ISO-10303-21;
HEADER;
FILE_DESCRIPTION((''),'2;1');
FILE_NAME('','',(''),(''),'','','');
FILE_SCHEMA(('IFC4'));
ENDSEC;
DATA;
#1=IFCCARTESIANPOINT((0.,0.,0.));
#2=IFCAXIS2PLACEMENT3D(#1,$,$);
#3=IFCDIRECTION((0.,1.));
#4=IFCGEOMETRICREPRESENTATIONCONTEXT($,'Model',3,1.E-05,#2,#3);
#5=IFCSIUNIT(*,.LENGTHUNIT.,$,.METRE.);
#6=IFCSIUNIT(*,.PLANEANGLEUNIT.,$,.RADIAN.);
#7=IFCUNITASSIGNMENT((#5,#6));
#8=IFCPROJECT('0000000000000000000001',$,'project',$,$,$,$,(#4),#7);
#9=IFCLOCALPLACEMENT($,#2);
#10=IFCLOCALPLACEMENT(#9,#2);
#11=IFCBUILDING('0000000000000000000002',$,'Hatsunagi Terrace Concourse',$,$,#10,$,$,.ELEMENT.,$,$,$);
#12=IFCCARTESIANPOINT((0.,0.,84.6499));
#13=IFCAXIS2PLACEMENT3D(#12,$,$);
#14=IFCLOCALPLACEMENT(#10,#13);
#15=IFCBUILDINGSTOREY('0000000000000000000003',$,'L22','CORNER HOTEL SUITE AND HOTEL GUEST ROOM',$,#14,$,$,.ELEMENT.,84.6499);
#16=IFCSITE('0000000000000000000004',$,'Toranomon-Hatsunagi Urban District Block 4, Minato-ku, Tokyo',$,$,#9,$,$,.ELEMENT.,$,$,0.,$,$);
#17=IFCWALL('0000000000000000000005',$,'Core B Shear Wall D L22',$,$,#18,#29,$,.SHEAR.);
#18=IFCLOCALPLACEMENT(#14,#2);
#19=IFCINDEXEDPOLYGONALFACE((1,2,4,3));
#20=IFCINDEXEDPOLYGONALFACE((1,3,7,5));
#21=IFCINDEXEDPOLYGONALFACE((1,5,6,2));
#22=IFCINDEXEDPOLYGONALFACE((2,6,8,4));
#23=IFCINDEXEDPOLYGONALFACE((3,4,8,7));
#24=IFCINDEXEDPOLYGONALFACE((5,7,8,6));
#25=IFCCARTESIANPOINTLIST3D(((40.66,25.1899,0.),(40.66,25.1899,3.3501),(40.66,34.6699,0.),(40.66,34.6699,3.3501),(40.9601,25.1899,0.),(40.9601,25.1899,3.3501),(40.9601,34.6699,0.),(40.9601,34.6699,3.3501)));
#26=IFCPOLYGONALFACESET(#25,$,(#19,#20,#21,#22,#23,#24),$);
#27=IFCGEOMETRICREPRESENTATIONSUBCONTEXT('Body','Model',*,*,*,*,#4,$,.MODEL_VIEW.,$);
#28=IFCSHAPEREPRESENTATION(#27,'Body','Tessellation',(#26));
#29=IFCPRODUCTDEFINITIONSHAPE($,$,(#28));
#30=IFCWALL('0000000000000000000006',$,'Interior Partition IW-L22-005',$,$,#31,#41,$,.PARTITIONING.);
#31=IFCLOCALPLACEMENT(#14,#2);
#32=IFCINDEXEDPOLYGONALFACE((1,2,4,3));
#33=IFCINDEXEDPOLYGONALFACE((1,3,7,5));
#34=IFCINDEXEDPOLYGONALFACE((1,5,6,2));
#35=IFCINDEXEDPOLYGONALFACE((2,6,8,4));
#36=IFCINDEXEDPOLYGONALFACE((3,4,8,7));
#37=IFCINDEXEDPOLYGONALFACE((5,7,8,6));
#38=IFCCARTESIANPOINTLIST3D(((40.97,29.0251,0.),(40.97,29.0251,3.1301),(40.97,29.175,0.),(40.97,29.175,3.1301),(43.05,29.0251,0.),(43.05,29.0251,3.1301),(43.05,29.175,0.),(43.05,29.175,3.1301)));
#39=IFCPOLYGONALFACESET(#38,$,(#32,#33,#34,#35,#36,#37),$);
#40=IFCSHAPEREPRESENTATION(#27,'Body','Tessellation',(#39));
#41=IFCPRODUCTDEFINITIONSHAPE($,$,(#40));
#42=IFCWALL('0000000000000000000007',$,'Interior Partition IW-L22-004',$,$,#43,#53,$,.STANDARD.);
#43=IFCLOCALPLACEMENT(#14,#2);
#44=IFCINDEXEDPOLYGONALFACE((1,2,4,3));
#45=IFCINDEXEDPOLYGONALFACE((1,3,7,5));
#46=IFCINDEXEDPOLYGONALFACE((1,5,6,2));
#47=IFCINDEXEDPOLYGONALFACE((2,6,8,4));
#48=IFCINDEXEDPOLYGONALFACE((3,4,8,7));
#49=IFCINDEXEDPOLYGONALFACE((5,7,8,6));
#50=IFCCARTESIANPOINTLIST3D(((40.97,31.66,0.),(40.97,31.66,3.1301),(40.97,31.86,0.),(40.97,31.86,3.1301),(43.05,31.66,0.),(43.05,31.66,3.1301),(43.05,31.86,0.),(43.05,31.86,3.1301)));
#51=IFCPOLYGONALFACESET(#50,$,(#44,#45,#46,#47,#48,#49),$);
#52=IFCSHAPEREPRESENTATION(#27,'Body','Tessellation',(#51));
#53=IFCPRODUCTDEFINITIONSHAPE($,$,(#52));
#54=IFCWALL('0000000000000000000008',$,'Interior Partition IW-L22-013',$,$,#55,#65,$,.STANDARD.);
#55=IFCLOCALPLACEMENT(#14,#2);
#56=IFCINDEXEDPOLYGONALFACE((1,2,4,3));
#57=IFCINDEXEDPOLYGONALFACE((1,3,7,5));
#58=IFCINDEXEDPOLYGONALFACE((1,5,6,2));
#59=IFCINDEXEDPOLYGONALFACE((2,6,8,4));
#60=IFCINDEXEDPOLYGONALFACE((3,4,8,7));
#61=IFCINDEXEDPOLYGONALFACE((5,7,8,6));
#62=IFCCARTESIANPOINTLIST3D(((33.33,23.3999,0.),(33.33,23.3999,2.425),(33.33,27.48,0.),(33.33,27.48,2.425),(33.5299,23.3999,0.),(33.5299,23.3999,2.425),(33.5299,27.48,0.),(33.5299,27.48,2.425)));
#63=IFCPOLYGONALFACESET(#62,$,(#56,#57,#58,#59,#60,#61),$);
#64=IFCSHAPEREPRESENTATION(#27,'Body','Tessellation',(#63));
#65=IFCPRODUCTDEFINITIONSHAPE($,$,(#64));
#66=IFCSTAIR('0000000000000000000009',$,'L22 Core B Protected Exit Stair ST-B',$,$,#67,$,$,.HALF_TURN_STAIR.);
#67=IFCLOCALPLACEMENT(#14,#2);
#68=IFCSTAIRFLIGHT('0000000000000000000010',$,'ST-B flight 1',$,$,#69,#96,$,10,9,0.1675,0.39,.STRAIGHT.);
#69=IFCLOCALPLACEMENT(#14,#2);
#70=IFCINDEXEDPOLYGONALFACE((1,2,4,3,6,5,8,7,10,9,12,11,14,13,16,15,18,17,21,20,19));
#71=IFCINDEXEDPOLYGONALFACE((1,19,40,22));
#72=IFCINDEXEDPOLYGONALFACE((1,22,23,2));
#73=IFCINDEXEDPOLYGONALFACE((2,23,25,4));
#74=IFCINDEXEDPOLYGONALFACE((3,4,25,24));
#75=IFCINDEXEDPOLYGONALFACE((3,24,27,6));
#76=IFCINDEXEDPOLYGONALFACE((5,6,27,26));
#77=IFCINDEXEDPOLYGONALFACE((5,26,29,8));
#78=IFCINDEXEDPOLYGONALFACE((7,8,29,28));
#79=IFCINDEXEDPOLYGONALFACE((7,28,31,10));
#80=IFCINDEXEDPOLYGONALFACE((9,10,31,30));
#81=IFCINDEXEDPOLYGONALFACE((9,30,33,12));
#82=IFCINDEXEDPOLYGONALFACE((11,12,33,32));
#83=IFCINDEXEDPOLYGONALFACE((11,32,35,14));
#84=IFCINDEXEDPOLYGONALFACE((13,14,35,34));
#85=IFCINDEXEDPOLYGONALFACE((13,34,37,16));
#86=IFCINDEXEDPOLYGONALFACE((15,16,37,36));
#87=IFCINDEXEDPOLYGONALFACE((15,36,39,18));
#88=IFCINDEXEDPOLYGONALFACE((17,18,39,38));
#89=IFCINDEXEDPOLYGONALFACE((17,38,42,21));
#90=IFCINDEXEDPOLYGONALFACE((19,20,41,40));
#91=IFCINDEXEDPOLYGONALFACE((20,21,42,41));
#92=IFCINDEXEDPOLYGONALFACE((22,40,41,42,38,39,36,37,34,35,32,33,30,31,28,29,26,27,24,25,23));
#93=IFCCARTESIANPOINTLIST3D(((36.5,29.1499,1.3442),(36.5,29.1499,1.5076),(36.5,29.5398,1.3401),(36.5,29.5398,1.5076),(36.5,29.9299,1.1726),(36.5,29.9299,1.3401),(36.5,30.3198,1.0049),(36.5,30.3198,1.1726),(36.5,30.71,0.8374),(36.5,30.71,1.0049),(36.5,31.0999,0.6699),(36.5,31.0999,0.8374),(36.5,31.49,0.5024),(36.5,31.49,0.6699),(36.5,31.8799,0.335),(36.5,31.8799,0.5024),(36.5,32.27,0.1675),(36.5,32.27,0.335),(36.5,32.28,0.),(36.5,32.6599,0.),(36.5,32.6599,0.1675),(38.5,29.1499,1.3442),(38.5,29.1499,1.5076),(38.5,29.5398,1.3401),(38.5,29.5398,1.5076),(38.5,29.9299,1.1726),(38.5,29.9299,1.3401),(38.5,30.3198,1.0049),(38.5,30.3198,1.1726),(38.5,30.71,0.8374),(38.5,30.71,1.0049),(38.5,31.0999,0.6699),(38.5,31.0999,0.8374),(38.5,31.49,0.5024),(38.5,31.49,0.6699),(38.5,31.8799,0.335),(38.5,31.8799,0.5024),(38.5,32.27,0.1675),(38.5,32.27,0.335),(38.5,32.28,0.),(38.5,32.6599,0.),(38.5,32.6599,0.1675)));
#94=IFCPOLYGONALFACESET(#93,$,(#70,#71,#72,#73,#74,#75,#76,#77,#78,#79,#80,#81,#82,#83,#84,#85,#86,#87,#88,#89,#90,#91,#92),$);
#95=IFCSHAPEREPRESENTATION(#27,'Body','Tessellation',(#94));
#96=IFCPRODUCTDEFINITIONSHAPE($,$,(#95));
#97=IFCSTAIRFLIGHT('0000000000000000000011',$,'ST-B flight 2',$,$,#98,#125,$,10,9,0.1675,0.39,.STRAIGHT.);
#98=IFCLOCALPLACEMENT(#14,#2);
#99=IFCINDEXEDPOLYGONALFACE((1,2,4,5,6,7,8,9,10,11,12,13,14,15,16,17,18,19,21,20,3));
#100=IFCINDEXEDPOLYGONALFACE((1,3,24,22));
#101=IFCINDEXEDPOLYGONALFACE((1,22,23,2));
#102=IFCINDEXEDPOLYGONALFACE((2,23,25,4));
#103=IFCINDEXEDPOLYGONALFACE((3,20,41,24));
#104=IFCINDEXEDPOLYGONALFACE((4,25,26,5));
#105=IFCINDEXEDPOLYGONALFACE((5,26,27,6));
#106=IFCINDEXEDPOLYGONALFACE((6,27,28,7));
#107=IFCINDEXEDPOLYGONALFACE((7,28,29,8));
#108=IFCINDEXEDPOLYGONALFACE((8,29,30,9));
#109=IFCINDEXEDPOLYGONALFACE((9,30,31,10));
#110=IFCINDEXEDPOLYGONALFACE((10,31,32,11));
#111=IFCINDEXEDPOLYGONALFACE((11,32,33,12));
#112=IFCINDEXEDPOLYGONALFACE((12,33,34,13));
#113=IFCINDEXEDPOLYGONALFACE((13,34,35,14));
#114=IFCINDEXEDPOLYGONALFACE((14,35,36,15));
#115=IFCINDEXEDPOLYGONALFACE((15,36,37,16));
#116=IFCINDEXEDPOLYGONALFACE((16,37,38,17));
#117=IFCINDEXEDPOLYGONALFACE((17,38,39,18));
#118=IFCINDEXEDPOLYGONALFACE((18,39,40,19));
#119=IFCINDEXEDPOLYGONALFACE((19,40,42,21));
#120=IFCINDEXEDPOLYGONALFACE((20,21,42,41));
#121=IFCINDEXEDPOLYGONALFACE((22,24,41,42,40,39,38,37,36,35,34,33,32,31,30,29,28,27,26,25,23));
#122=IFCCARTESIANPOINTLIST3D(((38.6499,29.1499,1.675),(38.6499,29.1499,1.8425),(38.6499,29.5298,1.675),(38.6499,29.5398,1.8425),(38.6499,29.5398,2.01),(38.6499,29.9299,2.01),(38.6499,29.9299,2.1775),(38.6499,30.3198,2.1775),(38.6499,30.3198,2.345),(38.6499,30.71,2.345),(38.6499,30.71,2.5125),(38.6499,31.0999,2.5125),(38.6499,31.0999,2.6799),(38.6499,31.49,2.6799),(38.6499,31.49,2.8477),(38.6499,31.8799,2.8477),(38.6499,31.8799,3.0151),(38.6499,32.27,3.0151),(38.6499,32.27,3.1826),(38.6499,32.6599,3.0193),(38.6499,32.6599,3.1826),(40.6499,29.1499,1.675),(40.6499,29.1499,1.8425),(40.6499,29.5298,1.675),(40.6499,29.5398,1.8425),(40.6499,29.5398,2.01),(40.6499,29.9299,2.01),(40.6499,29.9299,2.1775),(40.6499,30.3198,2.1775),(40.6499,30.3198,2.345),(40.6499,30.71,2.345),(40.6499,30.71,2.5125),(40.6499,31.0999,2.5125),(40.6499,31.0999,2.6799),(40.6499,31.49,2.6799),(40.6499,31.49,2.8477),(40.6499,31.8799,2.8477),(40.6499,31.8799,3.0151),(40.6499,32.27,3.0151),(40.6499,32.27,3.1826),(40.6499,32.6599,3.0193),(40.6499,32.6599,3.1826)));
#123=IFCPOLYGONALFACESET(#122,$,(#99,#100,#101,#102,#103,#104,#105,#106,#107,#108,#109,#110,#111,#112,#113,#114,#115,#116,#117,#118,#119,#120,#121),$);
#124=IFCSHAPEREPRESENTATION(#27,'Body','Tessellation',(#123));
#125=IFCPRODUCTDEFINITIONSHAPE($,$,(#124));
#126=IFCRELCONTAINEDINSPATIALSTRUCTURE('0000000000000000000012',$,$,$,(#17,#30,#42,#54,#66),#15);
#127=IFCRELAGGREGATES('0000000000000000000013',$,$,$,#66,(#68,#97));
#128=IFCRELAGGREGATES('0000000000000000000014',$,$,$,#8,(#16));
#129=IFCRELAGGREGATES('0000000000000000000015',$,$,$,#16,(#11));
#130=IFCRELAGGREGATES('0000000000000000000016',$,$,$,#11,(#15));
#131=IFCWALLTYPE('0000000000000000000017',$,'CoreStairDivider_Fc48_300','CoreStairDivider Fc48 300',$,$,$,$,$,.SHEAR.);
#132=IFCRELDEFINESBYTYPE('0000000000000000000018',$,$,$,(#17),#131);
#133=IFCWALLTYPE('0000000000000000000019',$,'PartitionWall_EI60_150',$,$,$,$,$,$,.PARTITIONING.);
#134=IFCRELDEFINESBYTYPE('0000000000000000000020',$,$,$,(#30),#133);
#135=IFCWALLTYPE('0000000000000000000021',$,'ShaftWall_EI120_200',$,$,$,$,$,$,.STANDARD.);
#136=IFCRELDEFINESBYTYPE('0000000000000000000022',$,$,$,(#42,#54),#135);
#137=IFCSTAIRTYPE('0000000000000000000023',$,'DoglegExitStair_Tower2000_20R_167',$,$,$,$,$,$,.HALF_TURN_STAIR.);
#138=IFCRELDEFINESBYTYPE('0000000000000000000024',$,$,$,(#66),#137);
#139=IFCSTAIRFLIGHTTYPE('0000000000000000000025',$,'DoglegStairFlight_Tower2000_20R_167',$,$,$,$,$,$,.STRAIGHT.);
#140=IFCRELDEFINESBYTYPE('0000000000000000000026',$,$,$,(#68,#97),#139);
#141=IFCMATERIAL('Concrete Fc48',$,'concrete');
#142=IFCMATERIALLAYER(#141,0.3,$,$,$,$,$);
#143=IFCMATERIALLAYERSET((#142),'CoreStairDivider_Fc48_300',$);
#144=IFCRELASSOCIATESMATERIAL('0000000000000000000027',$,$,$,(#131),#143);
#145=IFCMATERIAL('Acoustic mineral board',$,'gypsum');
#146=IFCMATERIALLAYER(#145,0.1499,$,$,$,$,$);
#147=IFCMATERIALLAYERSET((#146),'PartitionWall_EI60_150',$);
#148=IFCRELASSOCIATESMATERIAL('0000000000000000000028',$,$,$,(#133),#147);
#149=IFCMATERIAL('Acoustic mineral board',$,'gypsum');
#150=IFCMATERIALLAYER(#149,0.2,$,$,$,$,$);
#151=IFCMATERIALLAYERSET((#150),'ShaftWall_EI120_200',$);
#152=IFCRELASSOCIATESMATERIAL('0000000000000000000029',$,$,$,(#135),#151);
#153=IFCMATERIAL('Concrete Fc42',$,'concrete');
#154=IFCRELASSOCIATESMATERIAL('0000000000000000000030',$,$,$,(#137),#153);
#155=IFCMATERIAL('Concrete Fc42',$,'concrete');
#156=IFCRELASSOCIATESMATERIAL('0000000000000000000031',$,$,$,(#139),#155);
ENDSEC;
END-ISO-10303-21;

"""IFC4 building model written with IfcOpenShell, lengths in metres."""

from ifc_helpers import new_model, si_unit, direction, frame, frame_2d, origin, place, context, subcontext, project, spatial, polyline, rectangle, outline, extrude, material, layer, layer_set, type_object, element, aggregate, save


model = new_model("IFC4")

# Units and contexts
model_context = context("Model", 3, precision=1e-05, world=origin(), true_north=direction((0.0, 1.0)))
body_context = subcontext(model_context, "Body", "Model", "MODEL_VIEW")
ifc_project = project(units=[si_unit("LENGTHUNIT", "METRE"), si_unit("PLANEANGLEUNIT", "RADIAN")], contexts=[model_context])

# Site, building, storey
site_placement = place(None, origin())
site = spatial("IfcSite", under=ifc_project, at=site_placement, Name="Toranomon-Hatsunagi Urban District Block 4, Minato-ku, Tokyo", CompositionType="ELEMENT", RefElevation=0.0)
building_placement = place(site_placement, origin())
building = spatial("IfcBuilding", under=site, at=building_placement, Name="Hatsunagi Terrace Concourse", CompositionType="ELEMENT")
storey_placement = place(building_placement, frame((0.0, 0.0, 84.6499)))
storey = spatial("IfcBuildingStorey", under=building, at=storey_placement, Name="L22", Description="CORNER HOTEL SUITE AND HOTEL GUEST ROOM", CompositionType="ELEMENT", Elevation=84.6499)

# Walls
ifc_material_1 = material(Name="Concrete Fc48", Category="concrete")
ifc_layer_1 = layer(ifc_material_1, 0.3)
ifc_layer_set_1 = layer_set([ifc_layer_1], Name="CoreStairDivider_Fc48_300")
wall_type_1 = type_object("IfcWallType", Name="CoreStairDivider_Fc48_300", Description="CoreStairDivider Fc48 300", PredefinedType="SHEAR", material=ifc_layer_set_1)
wall_1_placement = place(storey_placement, frame((40.8101, 25.1899, 0.0), z_axis=(0.0, 0.0, 1.0), x_axis=(0.0, 1.0, 0.0)))
element("IfcWall", 1, at=wall_1_placement, inside=storey, type_object=wall_type_1, Name="Core B Shear Wall D L22", PredefinedType="SHEAR", context=body_context, shape_type="SweptSolid", body=[
    extrude(rectangle(XDim=9.48, YDim=0.3, at=frame_2d((4.74, 0.0))), origin(), (0.0, 0.0, 1.0), 3.3501),
])
ifc_material_2 = material(Name="Acoustic mineral board", Category="gypsum")
ifc_layer_2 = layer(ifc_material_2, 0.1499)
ifc_layer_set_2 = layer_set([ifc_layer_2], Name="PartitionWall_EI60_150")
wall_type_2 = type_object("IfcWallType", Name="PartitionWall_EI60_150", PredefinedType="PARTITIONING", material=ifc_layer_set_2)
wall_2_placement = place(storey_placement, frame((40.97, 29.1001, 0.0), z_axis=(0.0, 0.0, 1.0), x_axis=(1.0, 0.0, 0.0)))
element("IfcWall", 2, at=wall_2_placement, inside=storey, type_object=wall_type_2, Name="Interior Partition IW-L22-005", PredefinedType="PARTITIONING", context=body_context, shape_type="SweptSolid", body=[
    extrude(rectangle(XDim=2.0801, YDim=0.1499, at=frame_2d((1.04, 0.0))), origin(), (0.0, 0.0, 1.0), 3.1301),
])

# Walls
ifc_material_3 = material(Name="Acoustic mineral board", Category="gypsum")
ifc_layer_3 = layer(ifc_material_3, 0.2)
ifc_layer_set_3 = layer_set([ifc_layer_3], Name="ShaftWall_EI120_200")
wall_type_3 = type_object("IfcWallType", Name="ShaftWall_EI120_200", PredefinedType="STANDARD", material=ifc_layer_set_3)
wall_3_placement = place(storey_placement, frame((40.97, 31.76, 0.0), z_axis=(0.0, 0.0, 1.0), x_axis=(1.0, 0.0, 0.0)))
element("IfcWall", 3, at=wall_3_placement, inside=storey, type_object=wall_type_3, Name="Interior Partition IW-L22-004", PredefinedType="STANDARD", context=body_context, shape_type="SweptSolid", body=[
    extrude(rectangle(XDim=2.0801, YDim=0.2, at=frame_2d((1.04, 0.0))), origin(), (0.0, 0.0, 1.0), 3.1301),
])
wall_4_placement = place(storey_placement, frame((33.4299, 23.3999, 0.0), z_axis=(0.0, 0.0, 1.0), x_axis=(0.0, 1.0, 0.0)))
element("IfcWall", 4, at=wall_4_placement, inside=storey, type_object=wall_type_3, Name="Interior Partition IW-L22-013", PredefinedType="STANDARD", context=body_context, shape_type="SweptSolid", body=[
    extrude(rectangle(XDim=4.0801, YDim=0.2, at=frame_2d((2.04, 0.0))), origin(), (0.0, 0.0, 1.0), 2.425),
])

# Stair, stair flights
ifc_material_4 = material(Name="Concrete Fc42", Category="concrete")
stair_type = type_object("IfcStairType", Name="DoglegExitStair_Tower2000_20R_167", PredefinedType="HALF_TURN_STAIR", material=ifc_material_4)
stair_placement = place(storey_placement, origin())
stair = element("IfcStair", 5, at=stair_placement, inside=storey, type_object=stair_type, Name="L22 Core B Protected Exit Stair ST-B", PredefinedType="HALF_TURN_STAIR")
ifc_material_5 = material(Name="Concrete Fc42", Category="concrete")
stair_flight_type = type_object("IfcStairFlightType", Name="DoglegStairFlight_Tower2000_20R_167", PredefinedType="STRAIGHT", material=ifc_material_5)
stair_flight_1_placement = place(storey_placement, frame((37.5, 32.6599, 0.0), z_axis=(0.0, 0.0, 1.0), x_axis=(0.0, -1.0, 0.0)))
stair_flight_1 = element("IfcStairFlight", 6, at=stair_flight_1_placement, type_object=stair_flight_type, Name="ST-B flight 1", NumberOfRisers=10, NumberOfTreads=9, PredefinedType="STRAIGHT", RiserHeight=0.1675, TreadLength=0.39, context=body_context, shape_type="SweptSolid", body=[
    extrude(outline(polyline([(0.0, 0.0), (0.0, 0.1675), (0.3899, 0.1675), (0.3899, 0.335), (0.78, 0.335), (0.78, 0.5024), (1.1699, 0.5024), (1.1699, 0.6699), (1.5601, 0.6699), (1.5601, 0.8374), (1.95, 0.8374), (1.95, 1.0049), (2.3401, 1.0049), (2.3401, 1.1726), (2.73, 1.1726), (2.73, 1.3401), (3.1201, 1.3401), (3.1201, 1.5076), (3.51, 1.5076), (3.51, 1.675), (3.51, 1.3442), (0.3799, 0.0), (0.0, 0.0)])), frame((0.0, 1.0, 0.0), z_axis=(0.0, -1.0, 0.0), x_axis=(1.0, 0.0, 0.0)), (0.0, 0.0, 1.0), 2.0),
])
stair_flight_2_placement = place(storey_placement, frame((39.6499, 29.1499, 1.675), z_axis=(0.0, 0.0, 1.0), x_axis=(0.0, 1.0, 0.0)))
stair_flight_2 = element("IfcStairFlight", 7, at=stair_flight_2_placement, type_object=stair_flight_type, Name="ST-B flight 2", NumberOfRisers=10, NumberOfTreads=9, PredefinedType="STRAIGHT", RiserHeight=0.1675, TreadLength=0.39, context=body_context, shape_type="SweptSolid", body=[
    extrude(outline(polyline([(0.0, 0.0), (0.0, 0.1675), (0.3899, 0.1675), (0.3899, 0.335), (0.78, 0.335), (0.78, 0.5024), (1.1699, 0.5024), (1.1699, 0.6699), (1.5601, 0.6699), (1.5601, 0.8374), (1.95, 0.8374), (1.95, 1.0049), (2.3401, 1.0049), (2.3401, 1.1726), (2.73, 1.1726), (2.73, 1.3401), (3.1201, 1.3401), (3.1201, 1.5076), (3.51, 1.5076), (3.51, 1.675), (3.51, 1.3442), (0.3799, 0.0), (0.0, 0.0)])), frame((0.0, 1.0, 0.0), z_axis=(0.0, -1.0, 0.0), x_axis=(1.0, 0.0, 0.0)), (0.0, 0.0, 1.0), 2.0),
])
aggregate(stair, [stair_flight_1, stair_flight_2])

save(model, "model.ifc")
